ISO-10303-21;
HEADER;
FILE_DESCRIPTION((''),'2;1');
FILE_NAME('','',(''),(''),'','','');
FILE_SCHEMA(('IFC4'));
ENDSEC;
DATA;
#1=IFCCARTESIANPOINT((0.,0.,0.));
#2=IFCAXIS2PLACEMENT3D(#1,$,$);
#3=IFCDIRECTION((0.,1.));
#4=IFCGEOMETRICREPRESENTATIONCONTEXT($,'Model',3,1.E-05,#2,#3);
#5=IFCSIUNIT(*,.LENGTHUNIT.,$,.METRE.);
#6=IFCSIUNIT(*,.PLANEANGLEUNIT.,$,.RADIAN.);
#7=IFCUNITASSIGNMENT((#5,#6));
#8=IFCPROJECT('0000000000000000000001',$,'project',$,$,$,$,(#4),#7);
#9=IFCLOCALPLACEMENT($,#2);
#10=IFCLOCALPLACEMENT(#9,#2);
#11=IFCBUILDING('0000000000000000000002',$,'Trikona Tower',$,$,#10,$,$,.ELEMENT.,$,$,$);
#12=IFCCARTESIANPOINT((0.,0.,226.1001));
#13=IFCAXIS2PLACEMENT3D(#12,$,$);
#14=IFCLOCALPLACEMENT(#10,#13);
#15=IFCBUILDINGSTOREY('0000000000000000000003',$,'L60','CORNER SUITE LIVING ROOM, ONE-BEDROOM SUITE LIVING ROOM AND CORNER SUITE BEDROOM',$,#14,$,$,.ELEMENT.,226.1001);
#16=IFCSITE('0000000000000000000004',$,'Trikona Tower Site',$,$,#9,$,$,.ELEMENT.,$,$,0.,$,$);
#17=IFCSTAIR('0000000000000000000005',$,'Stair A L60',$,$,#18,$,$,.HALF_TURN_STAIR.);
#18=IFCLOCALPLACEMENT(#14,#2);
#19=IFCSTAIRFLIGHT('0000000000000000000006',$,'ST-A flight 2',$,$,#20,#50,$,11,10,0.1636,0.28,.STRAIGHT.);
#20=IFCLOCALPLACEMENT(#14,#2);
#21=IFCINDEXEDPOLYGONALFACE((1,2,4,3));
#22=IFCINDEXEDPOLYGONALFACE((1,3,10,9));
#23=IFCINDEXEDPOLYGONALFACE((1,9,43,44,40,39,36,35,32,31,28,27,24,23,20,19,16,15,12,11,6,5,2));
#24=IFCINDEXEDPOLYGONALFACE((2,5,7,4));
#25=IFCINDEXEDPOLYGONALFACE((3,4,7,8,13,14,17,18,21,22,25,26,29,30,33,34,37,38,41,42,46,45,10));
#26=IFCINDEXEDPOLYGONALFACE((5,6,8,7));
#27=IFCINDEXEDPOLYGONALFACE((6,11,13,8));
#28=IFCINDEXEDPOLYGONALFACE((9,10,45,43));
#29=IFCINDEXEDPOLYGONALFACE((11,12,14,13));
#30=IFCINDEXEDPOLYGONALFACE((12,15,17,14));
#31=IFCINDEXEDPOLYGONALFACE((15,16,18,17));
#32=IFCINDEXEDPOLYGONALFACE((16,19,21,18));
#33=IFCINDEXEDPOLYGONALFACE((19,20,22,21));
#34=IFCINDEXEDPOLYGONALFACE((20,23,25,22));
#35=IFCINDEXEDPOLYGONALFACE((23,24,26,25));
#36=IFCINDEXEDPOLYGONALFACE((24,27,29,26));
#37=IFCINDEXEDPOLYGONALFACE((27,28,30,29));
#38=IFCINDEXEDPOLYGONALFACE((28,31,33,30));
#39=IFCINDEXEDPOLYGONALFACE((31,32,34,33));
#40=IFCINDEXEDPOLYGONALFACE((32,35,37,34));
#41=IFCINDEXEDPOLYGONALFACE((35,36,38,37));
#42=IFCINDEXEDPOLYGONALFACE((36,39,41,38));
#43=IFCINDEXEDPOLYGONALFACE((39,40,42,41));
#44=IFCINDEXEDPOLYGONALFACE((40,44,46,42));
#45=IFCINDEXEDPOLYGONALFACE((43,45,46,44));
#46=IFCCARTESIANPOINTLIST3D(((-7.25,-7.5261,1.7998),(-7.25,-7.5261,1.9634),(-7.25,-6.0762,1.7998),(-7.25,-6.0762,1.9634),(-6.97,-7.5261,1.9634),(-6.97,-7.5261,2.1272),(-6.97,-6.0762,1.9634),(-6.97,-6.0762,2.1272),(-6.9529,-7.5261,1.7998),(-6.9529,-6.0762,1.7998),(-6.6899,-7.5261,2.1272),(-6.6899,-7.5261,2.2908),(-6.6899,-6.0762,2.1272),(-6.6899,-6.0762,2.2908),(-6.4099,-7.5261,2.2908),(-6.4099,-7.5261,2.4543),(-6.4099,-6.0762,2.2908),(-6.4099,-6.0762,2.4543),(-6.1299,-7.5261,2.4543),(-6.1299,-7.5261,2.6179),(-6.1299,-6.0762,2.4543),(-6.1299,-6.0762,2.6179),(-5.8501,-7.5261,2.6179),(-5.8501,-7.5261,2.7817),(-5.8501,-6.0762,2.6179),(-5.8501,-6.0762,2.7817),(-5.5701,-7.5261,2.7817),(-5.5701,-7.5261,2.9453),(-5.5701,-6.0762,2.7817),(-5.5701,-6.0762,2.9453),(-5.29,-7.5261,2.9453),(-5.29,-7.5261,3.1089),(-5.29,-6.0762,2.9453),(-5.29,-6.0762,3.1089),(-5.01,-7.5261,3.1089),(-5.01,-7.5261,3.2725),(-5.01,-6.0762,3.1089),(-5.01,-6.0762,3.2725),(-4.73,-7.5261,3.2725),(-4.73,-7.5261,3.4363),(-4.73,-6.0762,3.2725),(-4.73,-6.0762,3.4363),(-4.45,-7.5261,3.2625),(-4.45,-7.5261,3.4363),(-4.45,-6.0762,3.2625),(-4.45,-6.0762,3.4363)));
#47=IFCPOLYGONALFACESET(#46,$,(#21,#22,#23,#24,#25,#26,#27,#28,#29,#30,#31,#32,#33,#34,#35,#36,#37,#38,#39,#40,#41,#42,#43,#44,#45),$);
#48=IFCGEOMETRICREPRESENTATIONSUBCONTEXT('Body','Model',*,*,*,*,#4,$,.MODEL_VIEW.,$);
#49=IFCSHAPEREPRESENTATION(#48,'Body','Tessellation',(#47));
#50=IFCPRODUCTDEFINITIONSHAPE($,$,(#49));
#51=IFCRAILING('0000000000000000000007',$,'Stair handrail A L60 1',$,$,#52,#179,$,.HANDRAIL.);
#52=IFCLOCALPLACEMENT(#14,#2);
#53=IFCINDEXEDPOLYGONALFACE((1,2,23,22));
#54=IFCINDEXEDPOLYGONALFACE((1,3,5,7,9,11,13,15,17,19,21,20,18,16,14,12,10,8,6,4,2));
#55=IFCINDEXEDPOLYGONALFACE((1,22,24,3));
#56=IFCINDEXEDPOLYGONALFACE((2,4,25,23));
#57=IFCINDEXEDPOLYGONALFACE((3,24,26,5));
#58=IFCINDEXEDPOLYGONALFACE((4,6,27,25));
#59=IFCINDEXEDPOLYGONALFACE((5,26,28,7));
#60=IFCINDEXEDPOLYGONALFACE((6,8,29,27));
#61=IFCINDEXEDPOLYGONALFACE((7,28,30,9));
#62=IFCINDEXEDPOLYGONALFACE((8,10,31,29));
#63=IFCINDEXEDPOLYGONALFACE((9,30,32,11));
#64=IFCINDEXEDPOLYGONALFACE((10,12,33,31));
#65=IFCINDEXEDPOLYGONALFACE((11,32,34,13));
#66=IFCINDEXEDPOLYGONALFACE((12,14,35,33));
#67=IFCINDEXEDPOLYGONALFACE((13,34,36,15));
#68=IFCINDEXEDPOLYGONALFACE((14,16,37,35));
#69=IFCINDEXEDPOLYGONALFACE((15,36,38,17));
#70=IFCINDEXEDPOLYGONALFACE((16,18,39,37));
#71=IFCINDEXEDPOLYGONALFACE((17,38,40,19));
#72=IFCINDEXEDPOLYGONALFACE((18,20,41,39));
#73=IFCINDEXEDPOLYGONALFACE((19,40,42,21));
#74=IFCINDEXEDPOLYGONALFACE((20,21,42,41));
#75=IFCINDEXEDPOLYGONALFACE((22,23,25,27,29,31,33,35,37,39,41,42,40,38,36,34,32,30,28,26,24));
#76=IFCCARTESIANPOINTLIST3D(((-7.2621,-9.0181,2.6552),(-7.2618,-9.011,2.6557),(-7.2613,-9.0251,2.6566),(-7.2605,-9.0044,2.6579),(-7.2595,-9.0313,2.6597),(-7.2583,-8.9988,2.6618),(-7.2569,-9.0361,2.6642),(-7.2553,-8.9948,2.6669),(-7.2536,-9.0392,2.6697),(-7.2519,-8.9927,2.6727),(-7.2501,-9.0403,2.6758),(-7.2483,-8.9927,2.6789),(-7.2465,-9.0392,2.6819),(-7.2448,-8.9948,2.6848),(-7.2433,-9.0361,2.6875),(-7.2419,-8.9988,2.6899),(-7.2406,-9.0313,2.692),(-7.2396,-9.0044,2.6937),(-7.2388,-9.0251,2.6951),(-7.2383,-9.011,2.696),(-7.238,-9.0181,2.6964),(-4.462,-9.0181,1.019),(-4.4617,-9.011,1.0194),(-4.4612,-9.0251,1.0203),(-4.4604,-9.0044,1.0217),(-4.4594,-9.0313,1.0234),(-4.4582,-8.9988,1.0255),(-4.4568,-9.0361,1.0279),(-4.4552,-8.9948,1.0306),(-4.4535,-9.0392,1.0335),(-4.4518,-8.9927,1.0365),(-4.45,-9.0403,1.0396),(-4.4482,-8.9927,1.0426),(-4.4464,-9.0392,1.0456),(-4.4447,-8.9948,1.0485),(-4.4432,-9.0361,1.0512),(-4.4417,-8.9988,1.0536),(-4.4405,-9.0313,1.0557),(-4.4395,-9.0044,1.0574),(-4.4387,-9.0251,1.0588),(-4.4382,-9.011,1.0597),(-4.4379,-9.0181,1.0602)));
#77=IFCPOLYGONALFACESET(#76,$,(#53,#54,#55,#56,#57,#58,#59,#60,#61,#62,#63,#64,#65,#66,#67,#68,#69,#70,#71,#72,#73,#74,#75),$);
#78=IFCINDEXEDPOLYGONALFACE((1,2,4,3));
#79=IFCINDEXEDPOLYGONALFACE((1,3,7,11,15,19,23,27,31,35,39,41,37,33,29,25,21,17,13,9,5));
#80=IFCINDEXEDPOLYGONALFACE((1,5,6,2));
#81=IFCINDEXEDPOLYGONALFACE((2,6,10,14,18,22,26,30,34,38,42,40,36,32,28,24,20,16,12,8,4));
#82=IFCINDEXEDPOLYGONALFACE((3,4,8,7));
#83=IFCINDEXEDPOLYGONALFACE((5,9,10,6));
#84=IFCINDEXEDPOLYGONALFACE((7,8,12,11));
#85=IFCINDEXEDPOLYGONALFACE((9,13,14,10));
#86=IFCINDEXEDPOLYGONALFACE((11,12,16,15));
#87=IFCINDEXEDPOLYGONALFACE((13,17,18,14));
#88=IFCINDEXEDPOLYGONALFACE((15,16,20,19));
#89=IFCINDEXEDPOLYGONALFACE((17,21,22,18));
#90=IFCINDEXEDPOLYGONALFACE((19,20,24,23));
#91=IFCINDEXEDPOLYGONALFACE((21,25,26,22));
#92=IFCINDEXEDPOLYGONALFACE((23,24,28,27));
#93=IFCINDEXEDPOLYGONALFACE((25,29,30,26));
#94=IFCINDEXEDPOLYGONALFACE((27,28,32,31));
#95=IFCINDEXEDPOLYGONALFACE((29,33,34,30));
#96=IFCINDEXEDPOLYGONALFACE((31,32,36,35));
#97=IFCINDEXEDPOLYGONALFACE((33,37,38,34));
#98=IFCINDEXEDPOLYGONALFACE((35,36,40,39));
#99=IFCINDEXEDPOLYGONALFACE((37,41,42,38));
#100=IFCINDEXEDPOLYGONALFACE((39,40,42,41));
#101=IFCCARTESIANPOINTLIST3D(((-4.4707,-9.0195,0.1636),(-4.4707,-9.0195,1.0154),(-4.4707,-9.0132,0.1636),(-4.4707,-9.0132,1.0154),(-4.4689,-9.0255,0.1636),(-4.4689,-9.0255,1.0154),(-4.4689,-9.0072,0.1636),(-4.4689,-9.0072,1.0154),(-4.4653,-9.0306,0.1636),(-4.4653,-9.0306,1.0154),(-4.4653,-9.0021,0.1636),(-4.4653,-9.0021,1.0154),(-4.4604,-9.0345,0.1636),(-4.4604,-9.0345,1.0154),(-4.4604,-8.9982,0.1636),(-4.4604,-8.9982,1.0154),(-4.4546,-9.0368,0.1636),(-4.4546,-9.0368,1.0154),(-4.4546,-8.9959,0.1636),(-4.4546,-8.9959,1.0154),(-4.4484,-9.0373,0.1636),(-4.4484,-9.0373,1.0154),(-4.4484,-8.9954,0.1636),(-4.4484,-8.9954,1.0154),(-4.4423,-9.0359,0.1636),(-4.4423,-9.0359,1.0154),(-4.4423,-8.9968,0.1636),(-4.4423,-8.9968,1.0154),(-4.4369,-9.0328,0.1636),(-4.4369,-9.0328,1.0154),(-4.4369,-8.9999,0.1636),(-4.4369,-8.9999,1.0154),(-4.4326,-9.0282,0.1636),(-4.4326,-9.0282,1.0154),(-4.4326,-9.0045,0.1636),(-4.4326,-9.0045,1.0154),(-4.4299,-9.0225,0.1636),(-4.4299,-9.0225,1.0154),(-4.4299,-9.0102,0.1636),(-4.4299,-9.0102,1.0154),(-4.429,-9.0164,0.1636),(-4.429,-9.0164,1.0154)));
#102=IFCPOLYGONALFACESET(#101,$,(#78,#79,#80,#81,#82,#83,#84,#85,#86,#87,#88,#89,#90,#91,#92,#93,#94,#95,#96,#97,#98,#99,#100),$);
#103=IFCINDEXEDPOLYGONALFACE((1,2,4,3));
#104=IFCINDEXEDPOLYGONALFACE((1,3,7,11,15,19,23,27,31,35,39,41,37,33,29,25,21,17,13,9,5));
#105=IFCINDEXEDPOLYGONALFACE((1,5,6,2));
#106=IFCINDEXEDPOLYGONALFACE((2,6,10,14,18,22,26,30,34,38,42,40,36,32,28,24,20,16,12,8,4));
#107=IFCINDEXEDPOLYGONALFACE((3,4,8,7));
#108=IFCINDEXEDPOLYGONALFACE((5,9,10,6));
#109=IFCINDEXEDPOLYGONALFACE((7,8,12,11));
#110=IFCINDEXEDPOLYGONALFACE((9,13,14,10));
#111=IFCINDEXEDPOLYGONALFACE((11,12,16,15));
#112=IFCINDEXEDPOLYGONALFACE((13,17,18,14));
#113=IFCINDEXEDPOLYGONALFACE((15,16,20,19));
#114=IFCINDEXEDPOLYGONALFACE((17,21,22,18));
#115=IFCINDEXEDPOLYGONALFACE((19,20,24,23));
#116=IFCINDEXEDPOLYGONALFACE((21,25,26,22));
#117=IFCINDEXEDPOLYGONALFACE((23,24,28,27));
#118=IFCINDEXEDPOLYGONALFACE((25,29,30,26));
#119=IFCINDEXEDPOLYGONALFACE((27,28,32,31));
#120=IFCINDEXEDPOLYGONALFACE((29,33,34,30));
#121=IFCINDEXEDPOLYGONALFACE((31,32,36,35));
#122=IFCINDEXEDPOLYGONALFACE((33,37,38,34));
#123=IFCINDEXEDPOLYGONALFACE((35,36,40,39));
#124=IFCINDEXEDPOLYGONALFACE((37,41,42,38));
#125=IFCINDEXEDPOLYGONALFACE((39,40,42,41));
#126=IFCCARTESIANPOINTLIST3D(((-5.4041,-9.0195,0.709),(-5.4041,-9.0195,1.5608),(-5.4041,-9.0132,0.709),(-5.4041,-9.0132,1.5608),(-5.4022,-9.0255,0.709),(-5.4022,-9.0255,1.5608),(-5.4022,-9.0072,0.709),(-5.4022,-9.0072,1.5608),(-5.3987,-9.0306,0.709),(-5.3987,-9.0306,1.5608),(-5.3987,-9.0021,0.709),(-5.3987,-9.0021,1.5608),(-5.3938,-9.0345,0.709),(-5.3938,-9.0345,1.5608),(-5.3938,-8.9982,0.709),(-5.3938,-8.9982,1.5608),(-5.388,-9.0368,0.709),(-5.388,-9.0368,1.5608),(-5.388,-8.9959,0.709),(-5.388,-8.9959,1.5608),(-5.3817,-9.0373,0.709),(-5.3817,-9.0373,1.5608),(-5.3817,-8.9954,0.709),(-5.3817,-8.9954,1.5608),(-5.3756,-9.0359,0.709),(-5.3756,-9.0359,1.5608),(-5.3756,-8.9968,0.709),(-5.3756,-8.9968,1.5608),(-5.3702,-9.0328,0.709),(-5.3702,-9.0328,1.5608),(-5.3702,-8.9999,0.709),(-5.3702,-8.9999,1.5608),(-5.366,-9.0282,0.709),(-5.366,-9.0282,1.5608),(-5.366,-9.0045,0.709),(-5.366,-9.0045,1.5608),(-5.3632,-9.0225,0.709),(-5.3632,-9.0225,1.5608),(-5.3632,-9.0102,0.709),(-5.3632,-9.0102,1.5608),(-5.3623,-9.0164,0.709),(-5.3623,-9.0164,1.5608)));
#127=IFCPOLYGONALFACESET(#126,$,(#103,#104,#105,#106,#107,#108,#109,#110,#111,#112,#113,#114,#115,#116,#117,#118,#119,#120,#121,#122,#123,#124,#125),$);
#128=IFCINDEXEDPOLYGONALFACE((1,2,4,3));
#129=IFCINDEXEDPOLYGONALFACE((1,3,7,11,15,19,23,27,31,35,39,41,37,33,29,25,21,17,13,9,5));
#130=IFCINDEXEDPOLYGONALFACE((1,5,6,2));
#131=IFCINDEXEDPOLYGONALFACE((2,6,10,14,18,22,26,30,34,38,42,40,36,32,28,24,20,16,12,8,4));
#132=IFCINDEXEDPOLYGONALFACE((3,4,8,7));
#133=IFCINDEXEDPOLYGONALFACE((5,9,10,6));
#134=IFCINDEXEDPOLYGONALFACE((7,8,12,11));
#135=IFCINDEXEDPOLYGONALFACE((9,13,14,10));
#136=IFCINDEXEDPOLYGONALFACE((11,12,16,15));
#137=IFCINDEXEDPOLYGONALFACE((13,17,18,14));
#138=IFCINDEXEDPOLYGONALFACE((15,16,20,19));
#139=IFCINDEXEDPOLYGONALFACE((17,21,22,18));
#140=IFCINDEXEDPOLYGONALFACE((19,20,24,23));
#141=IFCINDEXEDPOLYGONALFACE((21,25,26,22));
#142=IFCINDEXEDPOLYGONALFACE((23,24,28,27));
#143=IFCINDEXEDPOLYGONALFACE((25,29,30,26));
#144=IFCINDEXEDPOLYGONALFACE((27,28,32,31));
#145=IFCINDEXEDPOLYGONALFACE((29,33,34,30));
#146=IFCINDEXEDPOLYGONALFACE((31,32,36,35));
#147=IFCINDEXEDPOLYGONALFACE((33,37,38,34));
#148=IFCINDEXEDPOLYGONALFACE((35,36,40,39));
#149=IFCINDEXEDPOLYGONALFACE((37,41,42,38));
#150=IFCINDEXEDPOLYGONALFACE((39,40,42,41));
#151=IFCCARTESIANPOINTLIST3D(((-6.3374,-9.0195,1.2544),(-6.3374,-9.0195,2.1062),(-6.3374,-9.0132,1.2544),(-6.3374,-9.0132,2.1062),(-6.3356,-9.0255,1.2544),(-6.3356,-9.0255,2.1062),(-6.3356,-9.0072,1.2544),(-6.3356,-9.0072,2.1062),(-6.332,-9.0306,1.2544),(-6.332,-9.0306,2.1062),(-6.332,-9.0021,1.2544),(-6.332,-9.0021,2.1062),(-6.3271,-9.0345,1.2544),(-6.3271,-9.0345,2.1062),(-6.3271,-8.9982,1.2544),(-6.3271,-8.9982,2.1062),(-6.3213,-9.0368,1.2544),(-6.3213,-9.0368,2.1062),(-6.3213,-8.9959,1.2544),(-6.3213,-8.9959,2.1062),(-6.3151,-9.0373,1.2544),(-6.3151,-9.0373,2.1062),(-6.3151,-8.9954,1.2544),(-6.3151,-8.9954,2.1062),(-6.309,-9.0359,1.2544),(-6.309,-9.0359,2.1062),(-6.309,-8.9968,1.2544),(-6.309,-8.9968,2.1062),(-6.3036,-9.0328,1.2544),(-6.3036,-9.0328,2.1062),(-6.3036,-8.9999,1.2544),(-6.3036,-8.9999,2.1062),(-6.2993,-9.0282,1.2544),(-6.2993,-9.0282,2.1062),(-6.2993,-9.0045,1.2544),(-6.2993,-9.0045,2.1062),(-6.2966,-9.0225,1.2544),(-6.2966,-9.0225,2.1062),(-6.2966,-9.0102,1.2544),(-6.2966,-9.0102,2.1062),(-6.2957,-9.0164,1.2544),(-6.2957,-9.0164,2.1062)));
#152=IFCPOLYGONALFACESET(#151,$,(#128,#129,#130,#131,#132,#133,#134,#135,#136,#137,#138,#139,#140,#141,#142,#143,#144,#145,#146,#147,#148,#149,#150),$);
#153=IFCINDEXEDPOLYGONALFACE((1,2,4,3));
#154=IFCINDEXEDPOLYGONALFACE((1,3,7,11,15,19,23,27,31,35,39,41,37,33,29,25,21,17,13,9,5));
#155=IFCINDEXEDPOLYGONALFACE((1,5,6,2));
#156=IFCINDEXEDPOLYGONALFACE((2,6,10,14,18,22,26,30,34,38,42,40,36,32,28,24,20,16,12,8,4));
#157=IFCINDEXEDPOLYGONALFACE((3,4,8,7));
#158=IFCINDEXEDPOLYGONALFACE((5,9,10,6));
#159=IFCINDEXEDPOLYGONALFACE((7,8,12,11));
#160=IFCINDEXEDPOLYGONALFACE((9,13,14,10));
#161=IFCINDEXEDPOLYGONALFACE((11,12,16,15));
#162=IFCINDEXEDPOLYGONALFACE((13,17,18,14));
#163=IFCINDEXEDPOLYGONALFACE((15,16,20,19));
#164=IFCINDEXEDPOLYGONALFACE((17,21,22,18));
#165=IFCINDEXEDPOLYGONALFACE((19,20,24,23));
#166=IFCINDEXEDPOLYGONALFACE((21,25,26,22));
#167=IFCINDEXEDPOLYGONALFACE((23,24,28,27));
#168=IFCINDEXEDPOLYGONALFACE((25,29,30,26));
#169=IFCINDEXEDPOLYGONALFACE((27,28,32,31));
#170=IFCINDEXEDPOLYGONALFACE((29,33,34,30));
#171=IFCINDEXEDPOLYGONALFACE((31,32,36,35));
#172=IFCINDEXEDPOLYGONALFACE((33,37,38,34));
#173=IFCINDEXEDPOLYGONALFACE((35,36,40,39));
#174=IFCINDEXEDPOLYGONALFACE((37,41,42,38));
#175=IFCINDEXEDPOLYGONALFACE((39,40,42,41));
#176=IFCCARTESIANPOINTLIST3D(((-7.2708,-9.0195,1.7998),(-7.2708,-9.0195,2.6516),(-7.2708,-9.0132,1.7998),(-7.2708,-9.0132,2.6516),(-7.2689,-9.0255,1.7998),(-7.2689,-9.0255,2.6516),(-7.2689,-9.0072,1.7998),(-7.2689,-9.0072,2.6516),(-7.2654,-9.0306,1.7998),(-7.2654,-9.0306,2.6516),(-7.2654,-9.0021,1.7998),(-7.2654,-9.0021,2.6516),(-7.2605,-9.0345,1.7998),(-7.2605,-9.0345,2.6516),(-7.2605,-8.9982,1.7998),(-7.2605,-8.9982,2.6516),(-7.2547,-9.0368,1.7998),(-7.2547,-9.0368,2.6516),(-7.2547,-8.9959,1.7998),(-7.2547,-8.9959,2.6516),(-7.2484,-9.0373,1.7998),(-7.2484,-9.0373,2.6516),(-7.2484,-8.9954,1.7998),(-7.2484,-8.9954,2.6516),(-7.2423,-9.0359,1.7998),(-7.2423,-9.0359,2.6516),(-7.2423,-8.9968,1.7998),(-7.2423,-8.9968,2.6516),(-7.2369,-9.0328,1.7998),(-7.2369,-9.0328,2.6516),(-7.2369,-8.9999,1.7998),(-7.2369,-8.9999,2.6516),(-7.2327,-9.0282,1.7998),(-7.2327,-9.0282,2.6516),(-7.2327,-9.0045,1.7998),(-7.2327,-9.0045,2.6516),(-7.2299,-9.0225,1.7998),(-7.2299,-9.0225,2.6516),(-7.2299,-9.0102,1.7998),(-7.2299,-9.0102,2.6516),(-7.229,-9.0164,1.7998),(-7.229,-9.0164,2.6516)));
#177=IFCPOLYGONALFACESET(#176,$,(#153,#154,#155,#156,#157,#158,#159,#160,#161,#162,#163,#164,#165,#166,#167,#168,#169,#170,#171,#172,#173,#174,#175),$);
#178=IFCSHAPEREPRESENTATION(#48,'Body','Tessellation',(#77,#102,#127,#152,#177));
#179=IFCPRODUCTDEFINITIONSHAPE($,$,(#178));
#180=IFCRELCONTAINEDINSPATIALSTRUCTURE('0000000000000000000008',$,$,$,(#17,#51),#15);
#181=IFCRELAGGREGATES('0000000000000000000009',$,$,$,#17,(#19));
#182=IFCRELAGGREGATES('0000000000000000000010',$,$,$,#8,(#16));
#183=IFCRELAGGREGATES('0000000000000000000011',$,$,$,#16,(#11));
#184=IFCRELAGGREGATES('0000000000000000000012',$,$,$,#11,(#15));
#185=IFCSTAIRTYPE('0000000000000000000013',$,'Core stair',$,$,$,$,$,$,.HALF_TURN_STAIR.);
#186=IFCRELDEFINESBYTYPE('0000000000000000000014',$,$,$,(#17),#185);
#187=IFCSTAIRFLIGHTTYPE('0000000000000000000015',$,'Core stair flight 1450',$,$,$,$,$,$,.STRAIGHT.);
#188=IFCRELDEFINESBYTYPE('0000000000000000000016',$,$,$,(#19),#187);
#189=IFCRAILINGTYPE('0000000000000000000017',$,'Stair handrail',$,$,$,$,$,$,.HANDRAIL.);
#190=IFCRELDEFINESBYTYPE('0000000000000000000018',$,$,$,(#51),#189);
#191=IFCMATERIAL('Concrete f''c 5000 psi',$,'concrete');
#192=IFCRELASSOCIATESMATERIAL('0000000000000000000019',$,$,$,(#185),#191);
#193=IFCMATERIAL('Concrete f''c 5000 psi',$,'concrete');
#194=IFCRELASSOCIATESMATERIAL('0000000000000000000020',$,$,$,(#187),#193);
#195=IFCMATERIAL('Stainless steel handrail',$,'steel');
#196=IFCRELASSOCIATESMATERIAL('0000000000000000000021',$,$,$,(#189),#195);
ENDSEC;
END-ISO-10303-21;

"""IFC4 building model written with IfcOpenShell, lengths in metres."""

from ifc_helpers import new_model, si_unit, direction, frame, origin, origin_2d, place, context, subcontext, project, spatial, polyline, circle, outline, extrude, material, type_object, element, aggregate, save


model = new_model("IFC4")

# Units and contexts
model_context = context("Model", 3, precision=1e-05, world=origin(), true_north=direction((0.0, 1.0)))
body_context = subcontext(model_context, "Body", "Model", "MODEL_VIEW")
ifc_project = project(units=[si_unit("LENGTHUNIT", "METRE"), si_unit("PLANEANGLEUNIT", "RADIAN")], contexts=[model_context])

# Site, building, storey
site_placement = place(None, origin())
site = spatial("IfcSite", under=ifc_project, at=site_placement, Name="Trikona Tower Site", CompositionType="ELEMENT", RefElevation=0.0)
building_placement = place(site_placement, origin())
building = spatial("IfcBuilding", under=site, at=building_placement, Name="Trikona Tower", CompositionType="ELEMENT")
storey_placement = place(building_placement, frame((0.0, 0.0, 226.1001)))
storey = spatial("IfcBuildingStorey", under=building, at=storey_placement, Name="L60", Description="CORNER SUITE LIVING ROOM, ONE-BEDROOM SUITE LIVING ROOM AND CORNER SUITE BEDROOM", CompositionType="ELEMENT", Elevation=226.1001)

# Stair, stair flight
ifc_material_1 = material(Name="Concrete f'c 5000 psi", Category="concrete")
stair_type = type_object("IfcStairType", Name="Core stair", PredefinedType="HALF_TURN_STAIR", material=ifc_material_1)
stair_placement = place(storey_placement, origin())
stair = element("IfcStair", 1, at=stair_placement, inside=storey, type_object=stair_type, Name="Stair A L60", PredefinedType="HALF_TURN_STAIR")
ifc_material_2 = material(Name="Concrete f'c 5000 psi", Category="concrete")
stair_flight_type = type_object("IfcStairFlightType", Name="Core stair flight 1450", PredefinedType="STRAIGHT", material=ifc_material_2)
stair_flight_1_placement = place(storey_placement, frame((-7.25, -6.8013, 1.7998), z_axis=(0.0, 0.0, 1.0), x_axis=(1.0, 0.0, 0.0)))
stair_flight_1 = element("IfcStairFlight", 2, at=stair_flight_1_placement, type_object=stair_flight_type, Name="ST-A flight 2", NumberOfRisers=11, NumberOfTreads=10, PredefinedType="STRAIGHT", RiserHeight=0.1636, TreadLength=0.28, context=body_context, shape_type="SweptSolid", body=[
    extrude(outline(polyline([(0.0, 0.0), (0.0, 0.1636), (0.28, 0.1636), (0.28, 0.3274), (0.5601, 0.3274), (0.5601, 0.491), (0.8401, 0.491), (0.8401, 0.6545), (1.1201, 0.6545), (1.1201, 0.8181), (1.3999, 0.8181), (1.3999, 0.9819), (1.6799, 0.9819), (1.6799, 1.1455), (1.96, 1.1455), (1.96, 1.3091), (2.24, 1.3091), (2.24, 1.4727), (2.52, 1.4727), (2.52, 1.6365), (2.8, 1.6365), (2.8, 1.8), (2.8, 1.4626), (0.2971, 0.0), (0.0, 0.0)])), frame((0.0, 0.7251, 0.0), z_axis=(0.0, -1.0, 0.0), x_axis=(1.0, 0.0, 0.0)), (0.0, 0.0, 1.0), 1.45),
])
aggregate(stair, [stair_flight_1])

# Railing
ifc_material_3 = material(Name="Stainless steel handrail", Category="steel")
railing_type = type_object("IfcRailingType", Name="Stair handrail", PredefinedType="HANDRAIL", material=ifc_material_3)
railing_1_placement = place(storey_placement, frame((-4.45, -9.0164, 0.1636)))
element("IfcRailing", 3, at=railing_1_placement, inside=storey, type_object=railing_type, Name="Stair handrail A L60 1", PredefinedType="HANDRAIL", context=body_context, shape_type="SweptSolid", body=[
    extrude(circle(Radius=0.0239, at=origin_2d()), frame((0.0, 0.0, 0.876), z_axis=(-0.863394, 0.0, 0.504531), x_axis=(0.0, -1.0, 0.0)), (0.0, 0.0, 1.0), 3.2432),
    extrude(circle(Radius=0.021, at=origin_2d()), origin(), (0.0, 0.0, 1.0), 0.8518),
    extrude(circle(Radius=0.021, at=origin_2d()), frame((-0.9333, 0.0, 0.5454)), (0.0, 0.0, 1.0), 0.8518),
    extrude(circle(Radius=0.021, at=origin_2d()), frame((-1.8667, 0.0, 1.0908)), (0.0, 0.0, 1.0), 0.8518),
    extrude(circle(Radius=0.021, at=origin_2d()), frame((-2.8, 0.0, 1.6362)), (0.0, 0.0, 1.0), 0.8518),
])

save(model, "model.ifc")
